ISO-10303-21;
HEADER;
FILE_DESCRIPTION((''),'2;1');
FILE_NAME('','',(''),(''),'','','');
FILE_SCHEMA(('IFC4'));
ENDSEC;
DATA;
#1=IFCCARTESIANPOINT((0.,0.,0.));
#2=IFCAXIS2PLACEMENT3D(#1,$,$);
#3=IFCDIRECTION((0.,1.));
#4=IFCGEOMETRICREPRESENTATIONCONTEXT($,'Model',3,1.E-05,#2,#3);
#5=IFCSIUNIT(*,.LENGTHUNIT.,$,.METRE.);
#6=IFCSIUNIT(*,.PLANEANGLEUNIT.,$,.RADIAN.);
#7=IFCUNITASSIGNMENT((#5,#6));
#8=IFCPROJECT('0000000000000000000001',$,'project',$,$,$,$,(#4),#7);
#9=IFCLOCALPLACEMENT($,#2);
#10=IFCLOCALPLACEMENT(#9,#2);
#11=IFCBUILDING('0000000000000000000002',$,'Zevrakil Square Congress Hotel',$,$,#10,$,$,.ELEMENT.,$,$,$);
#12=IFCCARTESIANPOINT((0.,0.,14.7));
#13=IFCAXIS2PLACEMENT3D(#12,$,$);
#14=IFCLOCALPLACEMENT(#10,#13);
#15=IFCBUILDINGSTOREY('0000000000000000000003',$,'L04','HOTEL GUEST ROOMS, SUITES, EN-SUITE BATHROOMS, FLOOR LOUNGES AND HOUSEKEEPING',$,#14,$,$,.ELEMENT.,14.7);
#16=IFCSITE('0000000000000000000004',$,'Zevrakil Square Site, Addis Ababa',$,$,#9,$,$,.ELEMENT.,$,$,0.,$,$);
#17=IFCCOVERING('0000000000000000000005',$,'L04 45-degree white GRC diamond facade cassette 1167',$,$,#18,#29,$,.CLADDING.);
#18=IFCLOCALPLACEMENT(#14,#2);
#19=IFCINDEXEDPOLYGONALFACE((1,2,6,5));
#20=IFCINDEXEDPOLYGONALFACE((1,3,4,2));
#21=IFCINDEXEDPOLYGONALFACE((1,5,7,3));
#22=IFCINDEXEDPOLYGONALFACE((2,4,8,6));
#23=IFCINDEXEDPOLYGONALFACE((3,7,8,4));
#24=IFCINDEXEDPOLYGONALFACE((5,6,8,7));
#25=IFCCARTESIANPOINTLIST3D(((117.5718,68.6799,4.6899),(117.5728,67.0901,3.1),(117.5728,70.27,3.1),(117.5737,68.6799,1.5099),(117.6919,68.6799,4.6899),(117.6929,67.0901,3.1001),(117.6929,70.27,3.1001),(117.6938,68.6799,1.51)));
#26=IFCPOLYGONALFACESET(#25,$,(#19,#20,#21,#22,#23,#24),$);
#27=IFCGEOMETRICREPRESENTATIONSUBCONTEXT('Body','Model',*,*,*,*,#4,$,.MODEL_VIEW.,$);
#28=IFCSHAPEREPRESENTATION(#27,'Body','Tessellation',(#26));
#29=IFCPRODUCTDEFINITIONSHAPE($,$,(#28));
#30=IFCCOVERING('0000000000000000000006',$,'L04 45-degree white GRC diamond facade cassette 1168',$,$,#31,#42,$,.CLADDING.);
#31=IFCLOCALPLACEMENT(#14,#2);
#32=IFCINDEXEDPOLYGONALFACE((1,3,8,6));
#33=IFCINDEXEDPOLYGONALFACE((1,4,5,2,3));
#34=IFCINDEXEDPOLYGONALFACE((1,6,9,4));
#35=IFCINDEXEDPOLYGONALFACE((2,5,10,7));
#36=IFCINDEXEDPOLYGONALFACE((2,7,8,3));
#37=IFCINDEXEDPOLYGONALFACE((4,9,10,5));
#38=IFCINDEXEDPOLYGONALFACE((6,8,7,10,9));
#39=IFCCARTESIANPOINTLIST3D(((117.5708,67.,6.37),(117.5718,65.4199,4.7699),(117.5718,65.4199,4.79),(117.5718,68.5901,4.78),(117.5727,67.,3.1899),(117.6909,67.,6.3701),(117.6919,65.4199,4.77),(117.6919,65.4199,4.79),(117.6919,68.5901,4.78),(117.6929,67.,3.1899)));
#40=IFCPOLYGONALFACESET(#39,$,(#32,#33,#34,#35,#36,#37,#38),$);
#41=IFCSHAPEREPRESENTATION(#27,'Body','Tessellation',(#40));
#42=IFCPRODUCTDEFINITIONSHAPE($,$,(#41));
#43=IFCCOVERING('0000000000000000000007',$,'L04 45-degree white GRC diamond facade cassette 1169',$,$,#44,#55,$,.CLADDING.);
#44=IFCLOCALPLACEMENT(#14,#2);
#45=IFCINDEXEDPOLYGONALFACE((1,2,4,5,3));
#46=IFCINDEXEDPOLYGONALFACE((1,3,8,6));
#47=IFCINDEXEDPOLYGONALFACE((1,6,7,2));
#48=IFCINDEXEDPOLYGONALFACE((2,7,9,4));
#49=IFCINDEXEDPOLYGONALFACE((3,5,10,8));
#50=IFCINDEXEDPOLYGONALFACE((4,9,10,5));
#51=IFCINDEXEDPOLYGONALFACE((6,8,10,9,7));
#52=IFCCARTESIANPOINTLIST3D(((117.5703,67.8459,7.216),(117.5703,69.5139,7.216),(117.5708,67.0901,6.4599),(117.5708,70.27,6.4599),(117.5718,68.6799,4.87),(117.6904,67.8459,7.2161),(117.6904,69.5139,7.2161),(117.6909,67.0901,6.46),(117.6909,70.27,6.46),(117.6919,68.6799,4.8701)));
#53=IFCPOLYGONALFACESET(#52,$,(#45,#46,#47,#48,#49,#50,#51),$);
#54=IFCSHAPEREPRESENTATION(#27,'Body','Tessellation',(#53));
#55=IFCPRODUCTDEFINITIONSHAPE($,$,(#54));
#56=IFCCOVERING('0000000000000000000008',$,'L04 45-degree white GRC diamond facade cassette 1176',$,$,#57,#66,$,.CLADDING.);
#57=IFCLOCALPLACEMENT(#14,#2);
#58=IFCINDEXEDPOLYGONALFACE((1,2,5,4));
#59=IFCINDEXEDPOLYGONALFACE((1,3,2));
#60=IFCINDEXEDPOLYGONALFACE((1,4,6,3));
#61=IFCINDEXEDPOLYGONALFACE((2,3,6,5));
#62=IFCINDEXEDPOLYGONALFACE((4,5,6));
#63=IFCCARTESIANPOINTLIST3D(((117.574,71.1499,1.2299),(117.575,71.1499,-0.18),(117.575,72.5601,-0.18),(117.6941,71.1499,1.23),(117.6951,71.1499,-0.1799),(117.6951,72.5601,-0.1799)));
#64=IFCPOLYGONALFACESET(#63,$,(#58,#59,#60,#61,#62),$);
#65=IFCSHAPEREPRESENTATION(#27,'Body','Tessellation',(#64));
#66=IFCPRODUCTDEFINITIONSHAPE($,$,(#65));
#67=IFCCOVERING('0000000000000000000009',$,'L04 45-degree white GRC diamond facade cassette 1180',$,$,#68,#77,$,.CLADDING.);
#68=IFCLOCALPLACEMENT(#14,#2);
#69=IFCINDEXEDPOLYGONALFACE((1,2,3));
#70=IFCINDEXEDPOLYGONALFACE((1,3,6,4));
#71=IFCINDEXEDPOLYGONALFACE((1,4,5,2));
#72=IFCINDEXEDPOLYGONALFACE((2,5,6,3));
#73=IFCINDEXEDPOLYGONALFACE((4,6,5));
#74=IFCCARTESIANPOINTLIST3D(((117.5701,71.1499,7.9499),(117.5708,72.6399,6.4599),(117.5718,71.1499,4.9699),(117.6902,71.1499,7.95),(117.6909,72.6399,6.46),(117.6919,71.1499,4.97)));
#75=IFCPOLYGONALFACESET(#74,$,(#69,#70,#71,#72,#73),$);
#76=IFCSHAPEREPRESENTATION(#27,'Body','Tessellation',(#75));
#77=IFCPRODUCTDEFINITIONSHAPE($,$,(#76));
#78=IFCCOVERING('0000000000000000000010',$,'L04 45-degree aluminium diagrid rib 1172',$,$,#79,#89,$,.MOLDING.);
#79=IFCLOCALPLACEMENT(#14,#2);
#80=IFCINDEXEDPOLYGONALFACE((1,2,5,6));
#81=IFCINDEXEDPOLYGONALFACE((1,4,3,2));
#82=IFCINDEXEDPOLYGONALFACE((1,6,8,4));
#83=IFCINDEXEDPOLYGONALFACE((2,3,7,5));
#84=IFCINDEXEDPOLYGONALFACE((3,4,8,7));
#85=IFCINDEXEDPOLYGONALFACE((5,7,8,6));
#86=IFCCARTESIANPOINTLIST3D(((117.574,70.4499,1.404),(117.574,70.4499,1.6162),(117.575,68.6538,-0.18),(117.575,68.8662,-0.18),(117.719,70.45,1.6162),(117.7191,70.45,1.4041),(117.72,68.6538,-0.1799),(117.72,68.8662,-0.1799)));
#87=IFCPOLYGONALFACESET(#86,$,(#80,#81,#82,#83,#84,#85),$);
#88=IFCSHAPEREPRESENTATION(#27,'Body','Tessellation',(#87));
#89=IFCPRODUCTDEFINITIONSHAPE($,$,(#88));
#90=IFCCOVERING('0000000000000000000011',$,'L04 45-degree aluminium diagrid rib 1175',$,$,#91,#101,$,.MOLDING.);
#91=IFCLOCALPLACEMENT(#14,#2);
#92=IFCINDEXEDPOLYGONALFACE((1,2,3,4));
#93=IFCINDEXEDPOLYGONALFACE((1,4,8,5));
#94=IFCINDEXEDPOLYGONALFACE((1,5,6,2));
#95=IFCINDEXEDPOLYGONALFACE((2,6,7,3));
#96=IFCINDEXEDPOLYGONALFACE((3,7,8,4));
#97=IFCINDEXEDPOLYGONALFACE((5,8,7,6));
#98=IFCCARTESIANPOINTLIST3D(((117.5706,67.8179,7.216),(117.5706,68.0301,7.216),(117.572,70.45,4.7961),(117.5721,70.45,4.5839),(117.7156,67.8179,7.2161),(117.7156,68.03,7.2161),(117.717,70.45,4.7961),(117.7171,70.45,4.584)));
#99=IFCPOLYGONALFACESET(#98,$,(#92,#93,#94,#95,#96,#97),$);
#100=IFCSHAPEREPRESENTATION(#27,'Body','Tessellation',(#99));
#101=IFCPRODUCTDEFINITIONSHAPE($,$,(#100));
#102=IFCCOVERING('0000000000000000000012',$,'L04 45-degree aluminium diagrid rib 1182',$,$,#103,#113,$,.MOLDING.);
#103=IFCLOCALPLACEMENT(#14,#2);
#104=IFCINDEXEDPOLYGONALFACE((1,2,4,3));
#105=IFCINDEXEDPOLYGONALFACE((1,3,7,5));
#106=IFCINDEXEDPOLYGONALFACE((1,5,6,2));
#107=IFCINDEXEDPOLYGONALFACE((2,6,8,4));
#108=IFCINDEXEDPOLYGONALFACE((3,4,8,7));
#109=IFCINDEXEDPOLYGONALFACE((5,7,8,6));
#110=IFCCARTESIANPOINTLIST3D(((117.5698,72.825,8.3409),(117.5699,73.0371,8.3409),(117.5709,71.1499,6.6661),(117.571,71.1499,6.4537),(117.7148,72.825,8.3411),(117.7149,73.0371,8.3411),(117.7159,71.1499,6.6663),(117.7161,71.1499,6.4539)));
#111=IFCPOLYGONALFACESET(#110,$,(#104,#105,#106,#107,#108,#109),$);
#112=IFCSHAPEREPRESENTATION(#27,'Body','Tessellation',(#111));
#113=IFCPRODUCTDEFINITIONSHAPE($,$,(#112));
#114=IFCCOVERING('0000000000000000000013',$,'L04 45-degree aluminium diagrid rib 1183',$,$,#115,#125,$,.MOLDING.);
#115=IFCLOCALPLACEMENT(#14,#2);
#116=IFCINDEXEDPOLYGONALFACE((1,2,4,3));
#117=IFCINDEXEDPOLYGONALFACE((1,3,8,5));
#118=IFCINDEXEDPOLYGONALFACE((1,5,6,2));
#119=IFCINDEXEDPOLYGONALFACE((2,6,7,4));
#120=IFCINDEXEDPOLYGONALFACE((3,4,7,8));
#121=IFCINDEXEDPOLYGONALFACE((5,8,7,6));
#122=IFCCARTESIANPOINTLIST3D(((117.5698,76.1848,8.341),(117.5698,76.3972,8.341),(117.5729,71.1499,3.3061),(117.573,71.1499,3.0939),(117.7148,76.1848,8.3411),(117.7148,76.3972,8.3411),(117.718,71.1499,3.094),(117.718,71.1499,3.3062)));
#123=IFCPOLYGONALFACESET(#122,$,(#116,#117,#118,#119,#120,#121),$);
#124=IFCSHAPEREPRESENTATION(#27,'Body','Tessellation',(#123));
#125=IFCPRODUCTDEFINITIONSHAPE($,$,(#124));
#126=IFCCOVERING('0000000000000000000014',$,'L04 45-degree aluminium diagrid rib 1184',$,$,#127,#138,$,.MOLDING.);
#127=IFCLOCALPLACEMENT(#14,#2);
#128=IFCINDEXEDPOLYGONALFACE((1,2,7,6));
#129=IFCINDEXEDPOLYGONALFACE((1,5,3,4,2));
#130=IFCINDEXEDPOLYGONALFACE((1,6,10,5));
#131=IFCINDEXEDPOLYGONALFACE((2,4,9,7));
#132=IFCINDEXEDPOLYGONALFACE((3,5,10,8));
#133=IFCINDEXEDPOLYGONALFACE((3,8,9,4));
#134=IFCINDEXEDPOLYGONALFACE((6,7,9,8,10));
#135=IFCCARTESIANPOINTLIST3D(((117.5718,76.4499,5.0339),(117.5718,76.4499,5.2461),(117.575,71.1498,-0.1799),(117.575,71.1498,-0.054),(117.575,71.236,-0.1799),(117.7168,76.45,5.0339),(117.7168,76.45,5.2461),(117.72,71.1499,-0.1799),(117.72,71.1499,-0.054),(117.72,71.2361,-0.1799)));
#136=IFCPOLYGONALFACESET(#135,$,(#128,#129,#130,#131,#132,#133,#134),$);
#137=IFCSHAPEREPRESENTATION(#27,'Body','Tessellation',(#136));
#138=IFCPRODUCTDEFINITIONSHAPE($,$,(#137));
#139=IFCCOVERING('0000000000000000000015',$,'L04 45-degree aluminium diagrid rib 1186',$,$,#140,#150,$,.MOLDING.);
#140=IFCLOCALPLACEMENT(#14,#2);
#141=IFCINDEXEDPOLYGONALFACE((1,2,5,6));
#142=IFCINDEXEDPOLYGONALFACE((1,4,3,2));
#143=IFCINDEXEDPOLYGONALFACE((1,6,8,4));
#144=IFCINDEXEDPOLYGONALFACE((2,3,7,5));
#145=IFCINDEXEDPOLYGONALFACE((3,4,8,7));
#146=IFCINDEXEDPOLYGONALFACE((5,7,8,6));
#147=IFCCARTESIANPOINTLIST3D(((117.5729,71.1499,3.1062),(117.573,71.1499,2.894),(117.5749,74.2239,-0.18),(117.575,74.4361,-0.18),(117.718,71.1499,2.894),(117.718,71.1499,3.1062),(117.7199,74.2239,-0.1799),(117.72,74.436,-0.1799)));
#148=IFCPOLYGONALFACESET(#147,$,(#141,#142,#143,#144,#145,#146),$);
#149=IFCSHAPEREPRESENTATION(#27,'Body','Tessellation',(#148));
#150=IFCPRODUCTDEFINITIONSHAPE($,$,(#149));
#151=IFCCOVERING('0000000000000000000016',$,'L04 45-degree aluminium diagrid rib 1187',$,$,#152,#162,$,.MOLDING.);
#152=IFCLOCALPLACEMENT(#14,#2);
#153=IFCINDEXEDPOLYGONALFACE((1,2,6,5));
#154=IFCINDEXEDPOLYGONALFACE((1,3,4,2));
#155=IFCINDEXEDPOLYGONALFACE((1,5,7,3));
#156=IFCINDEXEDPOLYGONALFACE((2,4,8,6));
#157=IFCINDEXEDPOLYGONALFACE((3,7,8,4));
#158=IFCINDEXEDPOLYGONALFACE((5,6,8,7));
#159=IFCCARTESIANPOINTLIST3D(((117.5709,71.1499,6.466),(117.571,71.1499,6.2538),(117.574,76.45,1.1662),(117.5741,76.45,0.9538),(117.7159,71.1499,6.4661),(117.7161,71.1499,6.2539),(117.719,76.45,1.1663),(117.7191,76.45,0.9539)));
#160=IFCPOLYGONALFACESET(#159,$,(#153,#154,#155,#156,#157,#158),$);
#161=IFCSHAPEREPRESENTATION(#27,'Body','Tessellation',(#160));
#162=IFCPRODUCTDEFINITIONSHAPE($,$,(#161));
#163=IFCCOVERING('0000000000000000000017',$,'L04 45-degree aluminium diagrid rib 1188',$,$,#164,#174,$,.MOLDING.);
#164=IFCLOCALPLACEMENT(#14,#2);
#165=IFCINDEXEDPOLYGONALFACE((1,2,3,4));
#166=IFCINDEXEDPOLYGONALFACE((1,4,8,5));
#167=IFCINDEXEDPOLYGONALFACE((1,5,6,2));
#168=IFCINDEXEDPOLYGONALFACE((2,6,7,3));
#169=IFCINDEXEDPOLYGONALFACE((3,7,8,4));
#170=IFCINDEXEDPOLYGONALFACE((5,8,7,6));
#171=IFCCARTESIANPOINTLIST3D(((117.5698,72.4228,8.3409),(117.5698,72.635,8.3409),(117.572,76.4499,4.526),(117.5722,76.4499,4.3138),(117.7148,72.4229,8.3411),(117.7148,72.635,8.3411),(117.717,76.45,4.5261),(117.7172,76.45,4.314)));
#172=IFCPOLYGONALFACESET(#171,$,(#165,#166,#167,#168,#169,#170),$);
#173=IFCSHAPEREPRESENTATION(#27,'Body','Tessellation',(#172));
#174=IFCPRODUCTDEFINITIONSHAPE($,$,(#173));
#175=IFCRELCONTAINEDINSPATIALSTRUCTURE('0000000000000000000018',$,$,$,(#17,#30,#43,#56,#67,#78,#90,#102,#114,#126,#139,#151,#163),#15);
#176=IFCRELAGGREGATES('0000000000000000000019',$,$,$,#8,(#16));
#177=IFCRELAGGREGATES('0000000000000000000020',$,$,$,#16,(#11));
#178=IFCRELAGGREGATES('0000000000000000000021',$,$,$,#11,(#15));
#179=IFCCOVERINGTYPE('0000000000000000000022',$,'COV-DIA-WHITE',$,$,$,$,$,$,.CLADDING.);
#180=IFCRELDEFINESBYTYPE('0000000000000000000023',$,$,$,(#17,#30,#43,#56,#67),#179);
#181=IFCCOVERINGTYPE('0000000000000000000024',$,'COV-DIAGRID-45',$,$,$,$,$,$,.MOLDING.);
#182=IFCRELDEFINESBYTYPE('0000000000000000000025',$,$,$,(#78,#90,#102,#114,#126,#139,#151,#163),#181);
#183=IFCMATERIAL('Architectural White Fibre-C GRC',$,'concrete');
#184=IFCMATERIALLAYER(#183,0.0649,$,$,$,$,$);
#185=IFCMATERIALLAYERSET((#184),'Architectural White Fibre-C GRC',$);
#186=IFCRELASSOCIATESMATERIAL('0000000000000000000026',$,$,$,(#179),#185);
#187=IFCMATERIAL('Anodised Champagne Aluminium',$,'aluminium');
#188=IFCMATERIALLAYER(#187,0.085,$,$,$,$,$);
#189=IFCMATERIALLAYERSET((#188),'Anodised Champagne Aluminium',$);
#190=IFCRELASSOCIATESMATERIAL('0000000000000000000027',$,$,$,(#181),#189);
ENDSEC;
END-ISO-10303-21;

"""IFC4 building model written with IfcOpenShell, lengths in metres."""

from ifc_helpers import new_model, si_unit, direction, frame, origin, place, context, subcontext, project, spatial, polyline, outline, extrude, material, layer, layer_set, type_object, element, save


model = new_model("IFC4")

# Units and contexts
model_context = context("Model", 3, precision=1e-05, world=origin(), true_north=direction((0.0, 1.0)))
body_context = subcontext(model_context, "Body", "Model", "MODEL_VIEW")
ifc_project = project(units=[si_unit("LENGTHUNIT", "METRE"), si_unit("PLANEANGLEUNIT", "RADIAN")], contexts=[model_context])

# Site, building, storey
site_placement = place(None, origin())
site = spatial("IfcSite", under=ifc_project, at=site_placement, Name="Zevrakil Square Site, Addis Ababa", CompositionType="ELEMENT", RefElevation=0.0)
building_placement = place(site_placement, origin())
building = spatial("IfcBuilding", under=site, at=building_placement, Name="Zevrakil Square Congress Hotel", CompositionType="ELEMENT")
storey_placement = place(building_placement, frame((0.0, 0.0, 14.7)))
storey = spatial("IfcBuildingStorey", under=building, at=storey_placement, Name="L04", Description="HOTEL GUEST ROOMS, SUITES, EN-SUITE BATHROOMS, FLOOR LOUNGES AND HOUSEKEEPING", CompositionType="ELEMENT", Elevation=14.7)

# Coverings
ifc_material_1 = material(Name="Architectural White Fibre-C GRC", Category="concrete")
ifc_layer_1 = layer(ifc_material_1, 0.0649)
ifc_layer_set_1 = layer_set([ifc_layer_1], Name="Architectural White Fibre-C GRC")
covering_type_1 = type_object("IfcCoveringType", Name="COV-DIA-WHITE", PredefinedType="CLADDING", material=ifc_layer_set_1)
covering_1_placement = place(storey_placement, frame((117.6919, 68.6799, 4.6899), z_axis=(1.0, 0.0, 0.000614), x_axis=(0.000434, 0.707161, -0.707052)))
element("IfcCovering", 1, at=covering_1_placement, inside=storey, type_object=covering_type_1, Name="L04 45-degree white GRC diamond facade cassette 1167", PredefinedType="CLADDING", context=body_context, shape_type="SweptSolid", body=[
    extrude(outline(polyline([(0.0, 0.0), (2.2486, 0.0), (2.2484, -2.2487), (-0.0002, -2.2484), (0.0, 0.0)])), origin(), (0.0, 0.0, -1.0), 0.1201),
])
covering_2_placement = place(storey_placement, frame((117.6909, 67.0, 6.3701), z_axis=(1.0, 0.0, 0.000612), x_axis=(0.000433, 0.707107, -0.707107)))
element("IfcCovering", 2, at=covering_2_placement, inside=storey, type_object=covering_type_1, Name="L04 45-degree white GRC diamond facade cassette 1168", PredefinedType="CLADDING", context=body_context, shape_type="SweptSolid", body=[
    extrude(outline(polyline([(0.0, 0.0), (2.2487, 0.0), (2.2487, -2.2487), (0.0142, -2.2487), (0.0, -2.2346), (0.0, 0.0)])), origin(), (0.0, 0.0, -1.0), 0.1201),
])
covering_3_placement = place(storey_placement, frame((117.6909, 70.27, 6.46), z_axis=(1.0, 0.0, 0.000628), x_axis=(0.000444, -0.707161, -0.707052)))
element("IfcCovering", 3, at=covering_3_placement, inside=storey, type_object=covering_type_1, Name="L04 45-degree white GRC diamond facade cassette 1169", PredefinedType="CLADDING", context=body_context, shape_type="SweptSolid", body=[
    extrude(outline(polyline([(0.0, 0.0), (2.2486, 0.0), (2.2487, -2.2484), (1.1796, -2.2486), (0.0001, -1.0693), (0.0, 0.0)])), origin(), (0.0, 0.0, -1.0), 0.1201),
])
covering_4_placement = place(storey_placement, frame((117.6951, 72.5601, -0.1799), z_axis=(1.0, 0.0, 0.000693), x_axis=(0.0, -1.0, 0.0)))
element("IfcCovering", 4, at=covering_4_placement, inside=storey, type_object=covering_type_1, Name="L04 45-degree white GRC diamond facade cassette 1176", PredefinedType="CLADDING", context=body_context, shape_type="SweptSolid", body=[
    extrude(outline(polyline([(0.0, 0.0), (1.4102, 0.0), (1.4102, -1.4099), (0.0, 0.0)])), origin(), (0.0, 0.0, -1.0), 0.1201),
])
covering_5_placement = place(storey_placement, frame((117.6909, 72.6399, 6.46), z_axis=(1.0, 0.000082, 0.000573), x_axis=(0.000463, -0.707107, -0.707107)))
element("IfcCovering", 5, at=covering_5_placement, inside=storey, type_object=covering_type_1, Name="L04 45-degree white GRC diamond facade cassette 1180", PredefinedType="CLADDING", context=body_context, shape_type="SweptSolid", body=[
    extrude(outline(polyline([(0.0, 0.0), (2.1072, 0.0), (0.0, -2.1072), (0.0, 0.0)])), origin(), (0.0, 0.0, -1.0), 0.1201),
])
ifc_material_2 = material(Name="Anodised Champagne Aluminium", Category="aluminium")
ifc_layer_2 = layer(ifc_material_2, 0.085)
ifc_layer_set_2 = layer_set([ifc_layer_2], Name="Anodised Champagne Aluminium")
covering_type_2 = type_object("IfcCoveringType", Name="COV-DIAGRID-45", PredefinedType="MOLDING", material=ifc_layer_set_2)
covering_6_placement = place(storey_placement, frame((117.72, 68.8662, -0.1799), z_axis=(1.0, 0.000289, 0.000289), x_axis=(0.000289, -1.0, 0.0)))
element("IfcCovering", 6, at=covering_6_placement, inside=storey, type_object=covering_type_2, Name="L04 45-degree aluminium diagrid rib 1172", PredefinedType="MOLDING", context=body_context, shape_type="SweptSolid", body=[
    extrude(outline(polyline([(0.0, 0.0), (0.2124, 0.0), (-1.5837, -1.7961), (-1.5837, -1.584), (0.0, 0.0)])), origin(), (0.0, 0.0, -1.0), 0.145),
])
covering_7_placement = place(storey_placement, frame((117.7156, 67.8179, 7.2161), z_axis=(1.0, -0.00029, 0.00029), x_axis=(0.00029, 1.0, 0.0)))
element("IfcCovering", 7, at=covering_7_placement, inside=storey, type_object=covering_type_2, Name="L04 45-degree aluminium diagrid rib 1175", PredefinedType="MOLDING", context=body_context, shape_type="SweptSolid", body=[
    extrude(outline(polyline([(0.0, 0.0), (0.2122, 0.0), (2.6321, -2.4199), (2.6321, -2.6321), (0.0, 0.0)])), origin(), (0.0, 0.0, -1.0), 0.145),
])
covering_8_placement = place(storey_placement, frame((117.7161, 71.1499, 6.4539), z_axis=(1.0, -0.000266, 0.000883), x_axis=(-0.000883, 0.0, 1.0)))
element("IfcCovering", 8, at=covering_8_placement, inside=storey, type_object=covering_type_2, Name="L04 45-degree aluminium diagrid rib 1182", PredefinedType="MOLDING", context=body_context, shape_type="SweptSolid", body=[
    extrude(outline(polyline([(0.0, 0.0), (0.2124, 0.0), (1.8872, -1.675), (1.8872, -1.8872), (0.0, 0.0)])), origin(), (0.0, 0.0, -1.0), 0.145),
])
covering_9_placement = place(storey_placement, frame((117.718, 71.1499, 3.094), z_axis=(1.0, 0.000308, 0.000309), x_axis=(-0.000309, 0.0, 1.0)))
element("IfcCovering", 9, at=covering_9_placement, inside=storey, type_object=covering_type_2, Name="L04 45-degree aluminium diagrid rib 1183", PredefinedType="MOLDING", context=body_context, shape_type="SweptSolid", body=[
    extrude(outline(polyline([(0.0, 0.0), (0.2122, 0.0), (5.2471, -5.0349), (5.2471, -5.2473), (0.0, 0.0)])), origin(), (0.0, 0.0, -1.0), 0.145),
])
covering_10_placement = place(storey_placement, frame((117.72, 71.2361, -0.1799), z_axis=(1.0, 0.000479, 0.000122), x_axis=(0.000479, -1.0, 0.0)))
element("IfcCovering", 10, at=covering_10_placement, inside=storey, type_object=covering_type_2, Name="L04 45-degree aluminium diagrid rib 1184", PredefinedType="MOLDING", context=body_context, shape_type="SweptSolid", body=[
    extrude(outline(polyline([(0.0, 0.0), (0.0862, 0.0), (0.0862, -0.126), (-5.2139, -5.426), (-5.2139, -5.2139), (0.0, 0.0)])), origin(), (0.0, 0.0, -1.0), 0.145),
])
covering_11_placement = place(storey_placement, frame((117.718, 71.1499, 2.894), z_axis=(1.0, -0.000307, 0.000307), x_axis=(-0.000307, 0.0, 1.0)))
element("IfcCovering", 11, at=covering_11_placement, inside=storey, type_object=covering_type_2, Name="L04 45-degree aluminium diagrid rib 1186", PredefinedType="MOLDING", context=body_context, shape_type="SweptSolid", body=[
    extrude(outline(polyline([(0.0, 0.0), (0.2122, 0.0), (-3.074, -3.2861), (-3.074, -3.074), (0.0, 0.0)])), origin(), (0.0, 0.0, -1.0), 0.145),
])
covering_12_placement = place(storey_placement, frame((117.7161, 71.1499, 6.2539), z_axis=(1.0, -0.000001, 0.000575), x_axis=(-0.000575, 0.0, 1.0)))
element("IfcCovering", 12, at=covering_12_placement, inside=storey, type_object=covering_type_2, Name="L04 45-degree aluminium diagrid rib 1187", PredefinedType="MOLDING", context=body_context, shape_type="SweptSolid", body=[
    extrude(outline(polyline([(0.0, 0.0), (0.2122, 0.0), (-5.0876, -5.3), (-5.3, -5.3), (0.0, 0.0)])), origin(), (0.0, 0.0, -1.0), 0.145),
])
covering_13_placement = place(storey_placement, frame((117.7148, 72.4229, 8.3411), z_axis=(1.0, 0.00028, 0.000871), x_axis=(-0.00028, 1.0, 0.0)))
element("IfcCovering", 13, at=covering_13_placement, inside=storey, type_object=covering_type_2, Name="L04 45-degree aluminium diagrid rib 1188", PredefinedType="MOLDING", context=body_context, shape_type="SweptSolid", body=[
    extrude(outline(polyline([(0.0, 0.0), (0.2122, 0.0), (4.0271, -3.8149), (4.0271, -4.0271), (0.0, 0.0)])), origin(), (0.0, 0.0, -1.0), 0.145),
])

save(model, "model.ifc")
